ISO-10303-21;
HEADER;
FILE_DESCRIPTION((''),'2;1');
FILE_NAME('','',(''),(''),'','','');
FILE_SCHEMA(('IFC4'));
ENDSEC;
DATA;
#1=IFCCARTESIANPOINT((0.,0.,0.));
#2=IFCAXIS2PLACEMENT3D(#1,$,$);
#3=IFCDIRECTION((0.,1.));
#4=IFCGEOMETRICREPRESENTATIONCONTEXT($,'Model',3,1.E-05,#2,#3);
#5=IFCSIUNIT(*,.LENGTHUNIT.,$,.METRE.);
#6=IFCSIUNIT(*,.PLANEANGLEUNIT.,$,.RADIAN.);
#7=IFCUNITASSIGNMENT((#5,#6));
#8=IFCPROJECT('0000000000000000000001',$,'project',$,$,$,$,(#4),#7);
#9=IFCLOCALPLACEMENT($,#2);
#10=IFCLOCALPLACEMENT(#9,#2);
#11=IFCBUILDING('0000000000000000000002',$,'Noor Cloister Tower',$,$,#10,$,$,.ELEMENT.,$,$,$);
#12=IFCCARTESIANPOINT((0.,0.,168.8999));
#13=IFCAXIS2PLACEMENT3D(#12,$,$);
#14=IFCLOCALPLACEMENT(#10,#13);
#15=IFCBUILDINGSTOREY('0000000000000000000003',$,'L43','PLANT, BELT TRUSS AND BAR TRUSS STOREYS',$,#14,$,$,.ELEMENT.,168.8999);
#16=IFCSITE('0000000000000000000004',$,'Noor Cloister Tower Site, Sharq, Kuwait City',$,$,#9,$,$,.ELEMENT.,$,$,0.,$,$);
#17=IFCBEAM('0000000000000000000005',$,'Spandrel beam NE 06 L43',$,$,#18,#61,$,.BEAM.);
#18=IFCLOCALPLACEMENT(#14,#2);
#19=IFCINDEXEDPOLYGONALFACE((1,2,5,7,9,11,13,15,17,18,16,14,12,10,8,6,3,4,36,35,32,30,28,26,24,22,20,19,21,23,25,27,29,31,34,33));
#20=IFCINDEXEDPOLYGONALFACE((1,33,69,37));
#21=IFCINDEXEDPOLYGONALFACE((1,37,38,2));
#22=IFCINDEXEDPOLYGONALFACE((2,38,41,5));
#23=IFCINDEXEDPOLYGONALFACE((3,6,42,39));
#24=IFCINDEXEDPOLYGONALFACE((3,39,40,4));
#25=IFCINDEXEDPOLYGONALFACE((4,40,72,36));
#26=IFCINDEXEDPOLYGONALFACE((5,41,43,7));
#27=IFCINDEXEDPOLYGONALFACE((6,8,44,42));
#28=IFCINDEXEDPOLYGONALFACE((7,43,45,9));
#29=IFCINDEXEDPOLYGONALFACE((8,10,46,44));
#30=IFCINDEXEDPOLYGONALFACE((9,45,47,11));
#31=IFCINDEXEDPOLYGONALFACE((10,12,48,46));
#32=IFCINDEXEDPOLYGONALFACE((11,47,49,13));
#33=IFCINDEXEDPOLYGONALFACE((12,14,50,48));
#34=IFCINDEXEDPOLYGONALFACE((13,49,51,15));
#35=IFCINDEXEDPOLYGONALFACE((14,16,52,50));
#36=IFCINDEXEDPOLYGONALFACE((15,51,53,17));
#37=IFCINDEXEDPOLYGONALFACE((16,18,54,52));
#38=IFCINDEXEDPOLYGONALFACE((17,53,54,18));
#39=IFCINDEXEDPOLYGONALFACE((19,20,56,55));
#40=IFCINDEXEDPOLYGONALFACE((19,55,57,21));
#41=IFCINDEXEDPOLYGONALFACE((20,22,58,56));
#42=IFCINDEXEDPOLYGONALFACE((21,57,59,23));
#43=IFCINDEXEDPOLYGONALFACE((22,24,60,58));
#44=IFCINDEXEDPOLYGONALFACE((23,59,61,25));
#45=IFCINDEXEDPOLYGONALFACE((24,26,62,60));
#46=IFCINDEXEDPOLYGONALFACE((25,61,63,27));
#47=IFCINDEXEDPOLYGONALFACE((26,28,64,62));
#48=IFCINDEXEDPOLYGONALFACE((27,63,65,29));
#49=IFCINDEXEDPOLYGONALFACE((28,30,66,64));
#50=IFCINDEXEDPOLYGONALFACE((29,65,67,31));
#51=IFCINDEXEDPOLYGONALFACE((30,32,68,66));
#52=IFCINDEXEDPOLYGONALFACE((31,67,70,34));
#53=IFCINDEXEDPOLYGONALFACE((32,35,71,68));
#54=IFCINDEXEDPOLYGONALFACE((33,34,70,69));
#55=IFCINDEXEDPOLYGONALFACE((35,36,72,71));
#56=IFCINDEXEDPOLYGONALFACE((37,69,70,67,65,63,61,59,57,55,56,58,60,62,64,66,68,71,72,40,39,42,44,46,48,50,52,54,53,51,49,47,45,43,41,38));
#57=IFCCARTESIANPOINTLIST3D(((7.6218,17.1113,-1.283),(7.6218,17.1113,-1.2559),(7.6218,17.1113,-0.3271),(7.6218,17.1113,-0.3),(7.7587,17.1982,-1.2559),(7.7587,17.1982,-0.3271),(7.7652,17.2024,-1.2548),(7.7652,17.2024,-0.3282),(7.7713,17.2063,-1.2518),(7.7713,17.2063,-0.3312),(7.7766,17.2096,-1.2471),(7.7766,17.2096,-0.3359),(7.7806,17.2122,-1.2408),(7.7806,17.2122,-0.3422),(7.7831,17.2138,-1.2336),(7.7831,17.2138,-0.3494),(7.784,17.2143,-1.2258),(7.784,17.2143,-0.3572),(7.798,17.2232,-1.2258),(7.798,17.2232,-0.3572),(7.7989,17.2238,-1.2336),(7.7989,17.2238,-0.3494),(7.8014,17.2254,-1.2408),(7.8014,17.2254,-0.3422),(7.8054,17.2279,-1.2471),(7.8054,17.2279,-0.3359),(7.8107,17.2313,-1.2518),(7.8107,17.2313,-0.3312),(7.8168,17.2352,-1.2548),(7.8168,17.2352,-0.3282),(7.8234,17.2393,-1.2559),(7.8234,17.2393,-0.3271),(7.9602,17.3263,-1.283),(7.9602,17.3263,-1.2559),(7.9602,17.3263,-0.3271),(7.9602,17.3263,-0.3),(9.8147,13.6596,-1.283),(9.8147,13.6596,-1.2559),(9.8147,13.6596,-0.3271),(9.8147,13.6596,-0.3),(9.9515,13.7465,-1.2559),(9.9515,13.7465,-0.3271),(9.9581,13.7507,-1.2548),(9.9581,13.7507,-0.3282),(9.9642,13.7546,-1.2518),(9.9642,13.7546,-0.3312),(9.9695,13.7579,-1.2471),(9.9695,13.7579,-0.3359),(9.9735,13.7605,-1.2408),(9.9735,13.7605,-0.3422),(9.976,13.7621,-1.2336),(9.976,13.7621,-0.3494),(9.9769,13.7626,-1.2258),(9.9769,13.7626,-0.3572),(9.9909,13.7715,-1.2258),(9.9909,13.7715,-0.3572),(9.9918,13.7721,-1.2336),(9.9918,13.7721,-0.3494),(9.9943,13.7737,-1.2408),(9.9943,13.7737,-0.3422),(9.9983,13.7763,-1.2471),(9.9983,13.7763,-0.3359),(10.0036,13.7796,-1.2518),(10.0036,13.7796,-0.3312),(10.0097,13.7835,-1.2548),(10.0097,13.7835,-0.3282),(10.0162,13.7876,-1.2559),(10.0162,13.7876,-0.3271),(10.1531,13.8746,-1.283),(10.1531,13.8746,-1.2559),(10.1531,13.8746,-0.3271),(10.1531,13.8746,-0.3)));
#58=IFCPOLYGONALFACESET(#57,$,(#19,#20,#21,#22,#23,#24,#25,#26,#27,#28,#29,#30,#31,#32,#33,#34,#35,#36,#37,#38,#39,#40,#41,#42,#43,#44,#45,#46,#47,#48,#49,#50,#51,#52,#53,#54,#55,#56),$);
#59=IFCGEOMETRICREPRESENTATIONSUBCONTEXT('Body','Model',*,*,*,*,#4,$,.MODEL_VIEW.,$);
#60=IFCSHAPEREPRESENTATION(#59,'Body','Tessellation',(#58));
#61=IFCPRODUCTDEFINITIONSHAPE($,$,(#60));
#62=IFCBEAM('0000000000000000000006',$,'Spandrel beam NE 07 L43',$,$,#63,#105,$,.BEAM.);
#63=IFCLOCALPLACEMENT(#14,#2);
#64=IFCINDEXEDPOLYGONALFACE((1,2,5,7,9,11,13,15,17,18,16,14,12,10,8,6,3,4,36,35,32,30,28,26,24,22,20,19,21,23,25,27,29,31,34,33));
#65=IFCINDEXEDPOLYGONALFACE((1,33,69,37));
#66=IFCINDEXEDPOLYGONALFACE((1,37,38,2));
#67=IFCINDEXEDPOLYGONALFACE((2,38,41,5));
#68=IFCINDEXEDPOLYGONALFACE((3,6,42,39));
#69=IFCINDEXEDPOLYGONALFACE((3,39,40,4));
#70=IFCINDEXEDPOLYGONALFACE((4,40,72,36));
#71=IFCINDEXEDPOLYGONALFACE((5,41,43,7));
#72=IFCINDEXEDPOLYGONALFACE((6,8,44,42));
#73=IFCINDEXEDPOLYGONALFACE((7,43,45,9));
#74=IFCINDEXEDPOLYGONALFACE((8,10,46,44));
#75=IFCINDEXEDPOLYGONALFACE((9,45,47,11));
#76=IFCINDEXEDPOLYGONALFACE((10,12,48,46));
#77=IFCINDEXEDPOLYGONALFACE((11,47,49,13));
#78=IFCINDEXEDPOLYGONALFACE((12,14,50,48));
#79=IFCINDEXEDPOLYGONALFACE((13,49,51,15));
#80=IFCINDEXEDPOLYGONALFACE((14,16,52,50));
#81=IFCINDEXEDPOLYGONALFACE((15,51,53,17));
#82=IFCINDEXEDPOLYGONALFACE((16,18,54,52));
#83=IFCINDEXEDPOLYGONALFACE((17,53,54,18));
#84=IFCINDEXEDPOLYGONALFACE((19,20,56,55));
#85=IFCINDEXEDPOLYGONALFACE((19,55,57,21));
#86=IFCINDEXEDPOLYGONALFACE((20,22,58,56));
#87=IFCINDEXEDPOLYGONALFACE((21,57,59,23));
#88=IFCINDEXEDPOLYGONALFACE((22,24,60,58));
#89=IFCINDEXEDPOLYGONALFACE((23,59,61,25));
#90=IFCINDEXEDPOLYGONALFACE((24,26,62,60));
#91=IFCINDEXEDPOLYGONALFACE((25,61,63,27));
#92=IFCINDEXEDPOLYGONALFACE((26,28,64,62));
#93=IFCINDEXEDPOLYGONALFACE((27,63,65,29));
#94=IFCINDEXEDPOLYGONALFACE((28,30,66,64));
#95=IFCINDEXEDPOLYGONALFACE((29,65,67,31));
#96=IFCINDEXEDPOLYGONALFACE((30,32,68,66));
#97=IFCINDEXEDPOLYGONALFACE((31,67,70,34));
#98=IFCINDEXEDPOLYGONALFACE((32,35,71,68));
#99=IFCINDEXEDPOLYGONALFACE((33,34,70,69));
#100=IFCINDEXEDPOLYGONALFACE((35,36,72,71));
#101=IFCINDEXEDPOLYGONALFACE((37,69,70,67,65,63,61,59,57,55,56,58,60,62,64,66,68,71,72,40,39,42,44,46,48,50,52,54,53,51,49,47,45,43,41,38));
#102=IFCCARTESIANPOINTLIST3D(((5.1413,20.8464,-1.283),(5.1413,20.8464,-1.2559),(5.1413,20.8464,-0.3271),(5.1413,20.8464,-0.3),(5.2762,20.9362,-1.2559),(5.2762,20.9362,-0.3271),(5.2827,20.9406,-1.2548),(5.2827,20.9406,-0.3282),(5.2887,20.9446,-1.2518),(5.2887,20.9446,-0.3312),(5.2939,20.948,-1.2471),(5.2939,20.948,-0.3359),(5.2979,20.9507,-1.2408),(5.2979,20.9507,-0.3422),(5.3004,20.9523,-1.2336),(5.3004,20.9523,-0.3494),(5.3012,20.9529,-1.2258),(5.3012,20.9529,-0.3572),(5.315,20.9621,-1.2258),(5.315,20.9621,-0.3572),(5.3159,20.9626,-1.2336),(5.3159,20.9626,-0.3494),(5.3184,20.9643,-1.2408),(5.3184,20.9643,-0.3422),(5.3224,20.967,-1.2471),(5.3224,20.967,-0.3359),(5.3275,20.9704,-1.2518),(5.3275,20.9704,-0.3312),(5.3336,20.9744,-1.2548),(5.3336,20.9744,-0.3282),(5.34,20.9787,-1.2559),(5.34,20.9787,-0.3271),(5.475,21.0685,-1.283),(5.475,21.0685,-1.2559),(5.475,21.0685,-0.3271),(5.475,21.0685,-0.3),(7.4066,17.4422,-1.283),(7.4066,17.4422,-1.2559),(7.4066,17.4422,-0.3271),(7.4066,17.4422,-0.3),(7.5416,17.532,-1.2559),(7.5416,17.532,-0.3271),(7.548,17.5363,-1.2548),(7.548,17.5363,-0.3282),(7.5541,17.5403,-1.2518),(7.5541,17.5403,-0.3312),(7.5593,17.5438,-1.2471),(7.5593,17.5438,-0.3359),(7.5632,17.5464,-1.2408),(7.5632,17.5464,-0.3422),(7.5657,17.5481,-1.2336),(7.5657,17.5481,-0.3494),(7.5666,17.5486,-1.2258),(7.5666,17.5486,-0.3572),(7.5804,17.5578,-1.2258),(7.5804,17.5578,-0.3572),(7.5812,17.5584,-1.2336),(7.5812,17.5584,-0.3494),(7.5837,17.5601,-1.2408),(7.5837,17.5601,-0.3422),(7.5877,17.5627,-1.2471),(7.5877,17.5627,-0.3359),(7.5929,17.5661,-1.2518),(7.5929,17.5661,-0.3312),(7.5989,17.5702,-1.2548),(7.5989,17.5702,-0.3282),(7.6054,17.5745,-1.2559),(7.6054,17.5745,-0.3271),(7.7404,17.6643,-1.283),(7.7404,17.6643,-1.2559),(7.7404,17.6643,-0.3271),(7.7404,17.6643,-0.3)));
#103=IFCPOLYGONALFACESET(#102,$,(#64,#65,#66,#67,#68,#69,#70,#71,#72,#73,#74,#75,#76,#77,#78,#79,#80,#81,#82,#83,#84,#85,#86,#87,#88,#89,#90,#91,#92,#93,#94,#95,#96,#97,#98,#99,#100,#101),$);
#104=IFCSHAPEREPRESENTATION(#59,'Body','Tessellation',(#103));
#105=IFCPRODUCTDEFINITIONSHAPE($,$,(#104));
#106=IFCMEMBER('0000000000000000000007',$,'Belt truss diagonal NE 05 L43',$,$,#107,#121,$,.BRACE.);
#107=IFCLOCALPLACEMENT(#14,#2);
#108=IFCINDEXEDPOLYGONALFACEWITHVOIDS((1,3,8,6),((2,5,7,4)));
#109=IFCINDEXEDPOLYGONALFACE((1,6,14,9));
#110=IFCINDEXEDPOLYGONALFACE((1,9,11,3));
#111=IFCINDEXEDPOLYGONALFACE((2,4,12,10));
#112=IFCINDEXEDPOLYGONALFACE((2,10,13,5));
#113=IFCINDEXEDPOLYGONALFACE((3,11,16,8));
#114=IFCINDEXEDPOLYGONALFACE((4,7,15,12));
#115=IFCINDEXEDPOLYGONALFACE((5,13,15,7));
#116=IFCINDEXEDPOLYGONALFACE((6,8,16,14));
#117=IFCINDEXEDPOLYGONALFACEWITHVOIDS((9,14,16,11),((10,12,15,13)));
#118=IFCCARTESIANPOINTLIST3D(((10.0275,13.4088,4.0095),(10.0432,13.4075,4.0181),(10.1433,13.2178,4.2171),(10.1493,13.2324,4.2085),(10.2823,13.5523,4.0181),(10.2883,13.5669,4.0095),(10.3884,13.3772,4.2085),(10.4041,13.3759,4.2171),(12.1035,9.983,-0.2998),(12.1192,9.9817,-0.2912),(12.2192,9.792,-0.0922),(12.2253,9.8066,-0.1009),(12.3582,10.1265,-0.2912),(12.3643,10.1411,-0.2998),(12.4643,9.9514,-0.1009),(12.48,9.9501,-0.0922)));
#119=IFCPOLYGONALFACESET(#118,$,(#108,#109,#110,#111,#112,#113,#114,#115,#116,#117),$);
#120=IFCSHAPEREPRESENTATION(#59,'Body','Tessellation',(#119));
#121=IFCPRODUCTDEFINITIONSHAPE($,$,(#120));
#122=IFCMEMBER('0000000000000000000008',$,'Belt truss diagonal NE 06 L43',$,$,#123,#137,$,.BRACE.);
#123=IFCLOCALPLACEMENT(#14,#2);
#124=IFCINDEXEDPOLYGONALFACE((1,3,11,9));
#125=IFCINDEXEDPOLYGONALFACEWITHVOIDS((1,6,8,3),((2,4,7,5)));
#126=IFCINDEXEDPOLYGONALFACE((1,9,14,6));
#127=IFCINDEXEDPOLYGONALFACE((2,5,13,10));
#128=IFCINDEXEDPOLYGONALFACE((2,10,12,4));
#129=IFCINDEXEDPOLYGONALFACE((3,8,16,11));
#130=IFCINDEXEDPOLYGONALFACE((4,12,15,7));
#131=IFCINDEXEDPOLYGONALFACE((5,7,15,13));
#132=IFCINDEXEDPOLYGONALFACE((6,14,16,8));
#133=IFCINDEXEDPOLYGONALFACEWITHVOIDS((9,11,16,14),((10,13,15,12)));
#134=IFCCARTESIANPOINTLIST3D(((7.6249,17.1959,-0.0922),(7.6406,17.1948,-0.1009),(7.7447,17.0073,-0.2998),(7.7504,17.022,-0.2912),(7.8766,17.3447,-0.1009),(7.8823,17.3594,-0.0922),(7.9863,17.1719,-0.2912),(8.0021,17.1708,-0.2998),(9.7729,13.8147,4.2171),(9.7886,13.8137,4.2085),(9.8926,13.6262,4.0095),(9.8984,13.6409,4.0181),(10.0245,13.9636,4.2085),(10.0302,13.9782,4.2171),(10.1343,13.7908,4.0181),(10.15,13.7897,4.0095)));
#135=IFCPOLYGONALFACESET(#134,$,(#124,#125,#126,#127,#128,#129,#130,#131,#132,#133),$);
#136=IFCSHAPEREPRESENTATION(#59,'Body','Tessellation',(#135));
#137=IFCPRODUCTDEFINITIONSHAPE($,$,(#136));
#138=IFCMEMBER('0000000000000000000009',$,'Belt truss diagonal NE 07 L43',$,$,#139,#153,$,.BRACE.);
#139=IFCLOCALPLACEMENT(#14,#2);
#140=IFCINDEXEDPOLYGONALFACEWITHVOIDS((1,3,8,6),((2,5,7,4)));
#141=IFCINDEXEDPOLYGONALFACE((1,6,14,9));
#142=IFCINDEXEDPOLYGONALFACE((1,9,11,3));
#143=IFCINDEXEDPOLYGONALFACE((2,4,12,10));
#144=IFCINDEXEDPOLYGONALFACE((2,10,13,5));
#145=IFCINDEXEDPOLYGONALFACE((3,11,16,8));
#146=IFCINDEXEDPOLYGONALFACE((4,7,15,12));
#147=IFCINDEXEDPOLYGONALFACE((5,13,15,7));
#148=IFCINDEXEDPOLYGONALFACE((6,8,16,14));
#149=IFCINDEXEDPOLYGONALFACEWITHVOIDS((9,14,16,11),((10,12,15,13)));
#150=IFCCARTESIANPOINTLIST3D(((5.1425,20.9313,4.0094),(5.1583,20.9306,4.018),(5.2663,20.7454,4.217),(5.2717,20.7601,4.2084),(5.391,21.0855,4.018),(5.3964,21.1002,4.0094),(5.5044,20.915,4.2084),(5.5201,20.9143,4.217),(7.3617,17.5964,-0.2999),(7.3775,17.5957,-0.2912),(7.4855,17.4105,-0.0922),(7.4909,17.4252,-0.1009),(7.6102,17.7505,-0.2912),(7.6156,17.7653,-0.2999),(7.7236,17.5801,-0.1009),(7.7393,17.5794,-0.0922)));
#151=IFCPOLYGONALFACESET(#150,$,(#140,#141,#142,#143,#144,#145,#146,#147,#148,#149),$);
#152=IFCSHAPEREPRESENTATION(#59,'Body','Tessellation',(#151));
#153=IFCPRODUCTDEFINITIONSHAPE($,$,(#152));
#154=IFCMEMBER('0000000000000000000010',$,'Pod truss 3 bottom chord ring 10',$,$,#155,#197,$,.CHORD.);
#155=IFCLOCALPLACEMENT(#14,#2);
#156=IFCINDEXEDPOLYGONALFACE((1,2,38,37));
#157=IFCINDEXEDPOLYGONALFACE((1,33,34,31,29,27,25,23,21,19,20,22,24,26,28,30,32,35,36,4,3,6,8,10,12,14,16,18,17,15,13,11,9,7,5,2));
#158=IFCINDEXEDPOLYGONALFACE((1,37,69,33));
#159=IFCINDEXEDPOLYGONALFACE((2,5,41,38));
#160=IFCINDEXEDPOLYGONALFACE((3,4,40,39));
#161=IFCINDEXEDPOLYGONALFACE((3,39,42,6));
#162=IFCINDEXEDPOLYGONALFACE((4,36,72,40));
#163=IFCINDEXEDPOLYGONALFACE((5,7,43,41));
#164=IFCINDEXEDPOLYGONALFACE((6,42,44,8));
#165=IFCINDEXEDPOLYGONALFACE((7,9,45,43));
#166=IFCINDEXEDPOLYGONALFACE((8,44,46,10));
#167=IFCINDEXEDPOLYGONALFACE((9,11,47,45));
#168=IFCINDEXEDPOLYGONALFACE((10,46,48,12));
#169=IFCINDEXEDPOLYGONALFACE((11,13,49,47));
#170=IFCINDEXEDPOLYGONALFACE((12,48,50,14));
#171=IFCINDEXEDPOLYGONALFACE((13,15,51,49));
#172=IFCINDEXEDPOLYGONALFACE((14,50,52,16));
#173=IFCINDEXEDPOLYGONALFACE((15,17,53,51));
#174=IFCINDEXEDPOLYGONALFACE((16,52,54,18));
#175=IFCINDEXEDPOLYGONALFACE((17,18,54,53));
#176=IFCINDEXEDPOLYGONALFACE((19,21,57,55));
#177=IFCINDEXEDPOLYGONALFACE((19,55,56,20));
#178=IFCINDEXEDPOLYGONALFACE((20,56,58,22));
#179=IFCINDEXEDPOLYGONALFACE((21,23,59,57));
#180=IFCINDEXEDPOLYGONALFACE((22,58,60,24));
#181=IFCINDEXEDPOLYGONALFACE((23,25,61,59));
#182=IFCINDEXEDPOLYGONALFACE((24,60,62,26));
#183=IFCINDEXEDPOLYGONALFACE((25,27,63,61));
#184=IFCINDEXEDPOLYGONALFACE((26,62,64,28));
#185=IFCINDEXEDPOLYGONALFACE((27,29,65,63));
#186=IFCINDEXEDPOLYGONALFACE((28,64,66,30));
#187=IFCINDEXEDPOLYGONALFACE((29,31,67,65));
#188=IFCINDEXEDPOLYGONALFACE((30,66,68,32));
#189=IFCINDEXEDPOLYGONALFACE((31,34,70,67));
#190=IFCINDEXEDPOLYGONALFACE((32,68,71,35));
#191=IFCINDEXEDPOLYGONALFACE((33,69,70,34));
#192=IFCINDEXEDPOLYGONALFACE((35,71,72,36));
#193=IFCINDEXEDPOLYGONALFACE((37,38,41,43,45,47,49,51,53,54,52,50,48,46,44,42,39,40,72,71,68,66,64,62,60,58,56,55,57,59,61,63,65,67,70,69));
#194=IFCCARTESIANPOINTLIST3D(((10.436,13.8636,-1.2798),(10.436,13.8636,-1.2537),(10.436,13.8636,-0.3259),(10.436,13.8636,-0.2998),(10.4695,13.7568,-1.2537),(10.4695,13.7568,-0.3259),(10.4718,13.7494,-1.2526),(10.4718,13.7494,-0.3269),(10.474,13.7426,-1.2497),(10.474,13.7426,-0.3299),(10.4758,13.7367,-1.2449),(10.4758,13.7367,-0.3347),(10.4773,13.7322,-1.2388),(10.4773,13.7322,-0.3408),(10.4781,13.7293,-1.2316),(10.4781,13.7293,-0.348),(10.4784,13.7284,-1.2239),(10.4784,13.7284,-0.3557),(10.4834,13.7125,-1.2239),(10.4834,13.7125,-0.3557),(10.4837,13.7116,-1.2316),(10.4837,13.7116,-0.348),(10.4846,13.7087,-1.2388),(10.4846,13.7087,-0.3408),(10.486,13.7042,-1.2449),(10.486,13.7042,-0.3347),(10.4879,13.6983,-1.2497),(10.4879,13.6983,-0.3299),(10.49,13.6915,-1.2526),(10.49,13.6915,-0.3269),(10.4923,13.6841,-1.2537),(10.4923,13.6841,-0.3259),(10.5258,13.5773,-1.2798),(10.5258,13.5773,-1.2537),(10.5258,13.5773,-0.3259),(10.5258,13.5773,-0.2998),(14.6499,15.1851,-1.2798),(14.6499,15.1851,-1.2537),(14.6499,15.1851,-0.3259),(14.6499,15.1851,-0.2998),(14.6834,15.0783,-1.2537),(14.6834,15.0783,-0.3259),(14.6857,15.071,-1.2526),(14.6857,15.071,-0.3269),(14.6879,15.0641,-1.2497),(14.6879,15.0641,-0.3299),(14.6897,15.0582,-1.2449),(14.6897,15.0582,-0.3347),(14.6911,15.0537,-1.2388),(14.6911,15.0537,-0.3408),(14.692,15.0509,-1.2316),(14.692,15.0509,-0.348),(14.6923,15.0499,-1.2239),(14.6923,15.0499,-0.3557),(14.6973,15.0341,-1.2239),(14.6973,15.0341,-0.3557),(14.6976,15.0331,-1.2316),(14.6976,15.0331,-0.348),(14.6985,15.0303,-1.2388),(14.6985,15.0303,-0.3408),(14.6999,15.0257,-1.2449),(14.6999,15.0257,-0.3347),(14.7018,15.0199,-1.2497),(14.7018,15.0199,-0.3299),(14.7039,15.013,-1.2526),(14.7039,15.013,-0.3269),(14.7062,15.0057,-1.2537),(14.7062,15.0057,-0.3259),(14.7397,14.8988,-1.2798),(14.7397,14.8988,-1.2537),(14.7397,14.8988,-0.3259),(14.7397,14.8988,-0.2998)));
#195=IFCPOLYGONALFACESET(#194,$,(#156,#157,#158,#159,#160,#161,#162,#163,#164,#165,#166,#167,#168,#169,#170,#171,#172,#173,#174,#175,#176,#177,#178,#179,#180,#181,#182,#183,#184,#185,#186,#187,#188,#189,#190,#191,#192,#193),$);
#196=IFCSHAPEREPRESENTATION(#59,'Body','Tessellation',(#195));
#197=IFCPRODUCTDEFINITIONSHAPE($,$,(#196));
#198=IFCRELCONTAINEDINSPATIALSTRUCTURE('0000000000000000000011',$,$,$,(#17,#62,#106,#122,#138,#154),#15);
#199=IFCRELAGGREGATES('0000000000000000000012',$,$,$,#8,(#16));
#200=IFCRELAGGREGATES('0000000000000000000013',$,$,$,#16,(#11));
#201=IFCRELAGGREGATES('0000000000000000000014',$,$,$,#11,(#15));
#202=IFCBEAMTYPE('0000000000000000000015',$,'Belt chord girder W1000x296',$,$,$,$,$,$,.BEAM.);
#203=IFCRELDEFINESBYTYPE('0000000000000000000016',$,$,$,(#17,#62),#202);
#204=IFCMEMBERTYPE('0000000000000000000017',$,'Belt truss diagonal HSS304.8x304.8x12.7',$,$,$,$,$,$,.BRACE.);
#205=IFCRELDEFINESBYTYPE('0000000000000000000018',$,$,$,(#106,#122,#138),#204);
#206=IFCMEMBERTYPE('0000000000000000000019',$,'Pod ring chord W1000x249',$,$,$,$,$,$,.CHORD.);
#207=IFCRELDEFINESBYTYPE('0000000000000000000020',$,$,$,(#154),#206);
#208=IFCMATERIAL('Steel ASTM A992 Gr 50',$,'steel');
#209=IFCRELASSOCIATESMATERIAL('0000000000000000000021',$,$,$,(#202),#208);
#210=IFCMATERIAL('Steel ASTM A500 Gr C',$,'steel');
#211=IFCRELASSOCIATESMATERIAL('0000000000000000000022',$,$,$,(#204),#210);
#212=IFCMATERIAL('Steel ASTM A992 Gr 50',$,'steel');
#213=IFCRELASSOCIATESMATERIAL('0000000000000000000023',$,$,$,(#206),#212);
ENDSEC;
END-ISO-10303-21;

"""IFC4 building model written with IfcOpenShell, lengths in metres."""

from ifc_helpers import new_model, si_unit, direction, frame, origin, origin_2d, place, context, subcontext, project, spatial, hollow_rectangle, i_section, extrude, material, material_profile, profile_set, type_object, element, save


model = new_model("IFC4")

# Units and contexts
model_context = context("Model", 3, precision=1e-05, world=origin(), true_north=direction((0.0, 1.0)))
body_context = subcontext(model_context, "Body", "Model", "MODEL_VIEW")
ifc_project = project(units=[si_unit("LENGTHUNIT", "METRE"), si_unit("PLANEANGLEUNIT", "RADIAN")], contexts=[model_context])

# Site, building, storey
site_placement = place(None, origin())
site = spatial("IfcSite", under=ifc_project, at=site_placement, Name="Noor Cloister Tower Site, Sharq, Kuwait City", CompositionType="ELEMENT", RefElevation=0.0)
building_placement = place(site_placement, origin())
building = spatial("IfcBuilding", under=site, at=building_placement, Name="Noor Cloister Tower", CompositionType="ELEMENT")
storey_placement = place(building_placement, frame((0.0, 0.0, 168.8999)))
storey = spatial("IfcBuildingStorey", under=building, at=storey_placement, Name="L43", Description="PLANT, BELT TRUSS AND BAR TRUSS STOREYS", CompositionType="ELEMENT", Elevation=168.8999)

# Beams
ifc_material_1 = material(Name="Steel ASTM A992 Gr 50", Category="steel")
ifc_material_profile_1 = material_profile(ifc_material_1, i_section(OverallWidth=0.4009, OverallDepth=0.9829, WebThickness=0.0166, FlangeThickness=0.0271, FilletRadius=0.03, at=origin_2d()), Name="W1000x296")
ifc_profile_set_1 = profile_set([ifc_material_profile_1], Name="Steel ASTM A992 Gr 50")
beam_type_1 = type_object("IfcBeamType", Name="Belt chord girder W1000x296", PredefinedType="BEAM", material=ifc_profile_set_1)
for number, where, z_axis, x_axis, name in (
    (1, (9.9839, 13.7671, -0.7915), (-0.536242, 0.844064, 0.0), (-0.844064, -0.536242, 0.0), "Spandrel beam NE 06 L43"),
):
    element("IfcBeam", number, at=place(storey_placement, frame(where, z_axis=z_axis, x_axis=x_axis)), inside=storey, type_object=beam_type_1, Name=name, PredefinedType="BEAM", context=body_context, shape_type="SweptSolid", body=[
        extrude(i_section(OverallWidth=0.4009, OverallDepth=0.9829, WebThickness=0.0166, FlangeThickness=0.0271, FilletRadius=0.03, at=origin_2d()), origin(), (0.0, 0.0, 1.0), 4.0894),
    ])
beam_1_placement = place(storey_placement, frame((7.5735, 17.5532, -0.7915), z_axis=(-0.553997, 0.832518, 0.0), x_axis=(-0.832518, -0.553997, 0.0)))
element("IfcBeam", 2, at=beam_1_placement, inside=storey, type_object=beam_type_1, Name="Spandrel beam NE 07 L43", PredefinedType="BEAM", context=body_context, shape_type="SweptSolid", body=[
    extrude(i_section(OverallWidth=0.4009, OverallDepth=0.9829, WebThickness=0.0166, FlangeThickness=0.0271, FilletRadius=0.03, at=origin_2d()), origin(), (0.0, 0.0, 1.0), 4.0891),
])

# Members
ifc_material_2 = material(Name="Steel ASTM A500 Gr C", Category="steel")
ifc_material_profile_2 = material_profile(ifc_material_2, hollow_rectangle(XDim=0.3049, YDim=0.3049, WallThickness=0.0127, at=origin_2d()), Name="HSS304.8x304.8x12.7")
ifc_profile_set_2 = profile_set([ifc_material_profile_2], Name="Steel ASTM A500 Gr C")
member_type_1 = type_object("IfcMemberType", Name="Belt truss diagonal HSS304.8x304.8x12.7", PredefinedType="BRACE", material=ifc_profile_set_2)
for number, where, z_axis, x_axis, name in (
    (3, (12.2917, 9.9666, -0.196), (-0.352838, 0.582268, 0.732441), (-0.855231, -0.518246, 0.0), "Belt truss diagonal NE 05 L43"),
    (4, (7.8135, 17.1833, -0.196), (0.365079, -0.574673, 0.73244), (0.844075, 0.536225, 0.0), "Belt truss diagonal NE 06 L43"),
    (5, (7.5505, 17.5879, -0.196), (-0.377188, 0.566819, 0.732425), (-0.832519, -0.553997, 0.0), "Belt truss diagonal NE 07 L43"),
):
    element("IfcMember", number, at=place(storey_placement, frame(where, z_axis=z_axis, x_axis=x_axis)), inside=storey, type_object=member_type_1, Name=name, PredefinedType="BRACE", context=body_context, shape_type="SweptSolid", body=[
        extrude(hollow_rectangle(XDim=0.3049, YDim=0.3049, WallThickness=0.0127, at=origin_2d()), origin(), (0.0, 0.0, 1.0), 5.8835),
    ])
ifc_material_3 = material(Name="Steel ASTM A992 Gr 50", Category="steel")
ifc_material_profile_3 = material_profile(ifc_material_3, i_section(OverallWidth=0.3, OverallDepth=0.98, WebThickness=0.0166, FlangeThickness=0.0261, FilletRadius=0.0298, at=origin_2d()), Name="W1000x249")
ifc_profile_set_3 = profile_set([ifc_material_profile_3], Name="Steel ASTM A992 Gr 50")
member_type_2 = type_object("IfcMemberType", Name="Pod ring chord W1000x249", PredefinedType="CHORD", material=ifc_profile_set_3)
member_1_placement = place(storey_placement, frame((14.6948, 15.042, -0.7898), z_axis=(-0.954177, -0.299244, 0.0), x_axis=(0.299244, -0.954177, 0.0)))
element("IfcMember", 6, at=member_1_placement, inside=storey, type_object=member_type_2, Name="Pod truss 3 bottom chord ring 10", PredefinedType="CHORD", context=body_context, shape_type="SweptSolid", body=[
    extrude(i_section(OverallWidth=0.3, OverallDepth=0.98, WebThickness=0.0166, FlangeThickness=0.0261, FilletRadius=0.0298, at=origin_2d()), origin(), (0.0, 0.0, 1.0), 4.4163),
])

save(model, "model.ifc")
